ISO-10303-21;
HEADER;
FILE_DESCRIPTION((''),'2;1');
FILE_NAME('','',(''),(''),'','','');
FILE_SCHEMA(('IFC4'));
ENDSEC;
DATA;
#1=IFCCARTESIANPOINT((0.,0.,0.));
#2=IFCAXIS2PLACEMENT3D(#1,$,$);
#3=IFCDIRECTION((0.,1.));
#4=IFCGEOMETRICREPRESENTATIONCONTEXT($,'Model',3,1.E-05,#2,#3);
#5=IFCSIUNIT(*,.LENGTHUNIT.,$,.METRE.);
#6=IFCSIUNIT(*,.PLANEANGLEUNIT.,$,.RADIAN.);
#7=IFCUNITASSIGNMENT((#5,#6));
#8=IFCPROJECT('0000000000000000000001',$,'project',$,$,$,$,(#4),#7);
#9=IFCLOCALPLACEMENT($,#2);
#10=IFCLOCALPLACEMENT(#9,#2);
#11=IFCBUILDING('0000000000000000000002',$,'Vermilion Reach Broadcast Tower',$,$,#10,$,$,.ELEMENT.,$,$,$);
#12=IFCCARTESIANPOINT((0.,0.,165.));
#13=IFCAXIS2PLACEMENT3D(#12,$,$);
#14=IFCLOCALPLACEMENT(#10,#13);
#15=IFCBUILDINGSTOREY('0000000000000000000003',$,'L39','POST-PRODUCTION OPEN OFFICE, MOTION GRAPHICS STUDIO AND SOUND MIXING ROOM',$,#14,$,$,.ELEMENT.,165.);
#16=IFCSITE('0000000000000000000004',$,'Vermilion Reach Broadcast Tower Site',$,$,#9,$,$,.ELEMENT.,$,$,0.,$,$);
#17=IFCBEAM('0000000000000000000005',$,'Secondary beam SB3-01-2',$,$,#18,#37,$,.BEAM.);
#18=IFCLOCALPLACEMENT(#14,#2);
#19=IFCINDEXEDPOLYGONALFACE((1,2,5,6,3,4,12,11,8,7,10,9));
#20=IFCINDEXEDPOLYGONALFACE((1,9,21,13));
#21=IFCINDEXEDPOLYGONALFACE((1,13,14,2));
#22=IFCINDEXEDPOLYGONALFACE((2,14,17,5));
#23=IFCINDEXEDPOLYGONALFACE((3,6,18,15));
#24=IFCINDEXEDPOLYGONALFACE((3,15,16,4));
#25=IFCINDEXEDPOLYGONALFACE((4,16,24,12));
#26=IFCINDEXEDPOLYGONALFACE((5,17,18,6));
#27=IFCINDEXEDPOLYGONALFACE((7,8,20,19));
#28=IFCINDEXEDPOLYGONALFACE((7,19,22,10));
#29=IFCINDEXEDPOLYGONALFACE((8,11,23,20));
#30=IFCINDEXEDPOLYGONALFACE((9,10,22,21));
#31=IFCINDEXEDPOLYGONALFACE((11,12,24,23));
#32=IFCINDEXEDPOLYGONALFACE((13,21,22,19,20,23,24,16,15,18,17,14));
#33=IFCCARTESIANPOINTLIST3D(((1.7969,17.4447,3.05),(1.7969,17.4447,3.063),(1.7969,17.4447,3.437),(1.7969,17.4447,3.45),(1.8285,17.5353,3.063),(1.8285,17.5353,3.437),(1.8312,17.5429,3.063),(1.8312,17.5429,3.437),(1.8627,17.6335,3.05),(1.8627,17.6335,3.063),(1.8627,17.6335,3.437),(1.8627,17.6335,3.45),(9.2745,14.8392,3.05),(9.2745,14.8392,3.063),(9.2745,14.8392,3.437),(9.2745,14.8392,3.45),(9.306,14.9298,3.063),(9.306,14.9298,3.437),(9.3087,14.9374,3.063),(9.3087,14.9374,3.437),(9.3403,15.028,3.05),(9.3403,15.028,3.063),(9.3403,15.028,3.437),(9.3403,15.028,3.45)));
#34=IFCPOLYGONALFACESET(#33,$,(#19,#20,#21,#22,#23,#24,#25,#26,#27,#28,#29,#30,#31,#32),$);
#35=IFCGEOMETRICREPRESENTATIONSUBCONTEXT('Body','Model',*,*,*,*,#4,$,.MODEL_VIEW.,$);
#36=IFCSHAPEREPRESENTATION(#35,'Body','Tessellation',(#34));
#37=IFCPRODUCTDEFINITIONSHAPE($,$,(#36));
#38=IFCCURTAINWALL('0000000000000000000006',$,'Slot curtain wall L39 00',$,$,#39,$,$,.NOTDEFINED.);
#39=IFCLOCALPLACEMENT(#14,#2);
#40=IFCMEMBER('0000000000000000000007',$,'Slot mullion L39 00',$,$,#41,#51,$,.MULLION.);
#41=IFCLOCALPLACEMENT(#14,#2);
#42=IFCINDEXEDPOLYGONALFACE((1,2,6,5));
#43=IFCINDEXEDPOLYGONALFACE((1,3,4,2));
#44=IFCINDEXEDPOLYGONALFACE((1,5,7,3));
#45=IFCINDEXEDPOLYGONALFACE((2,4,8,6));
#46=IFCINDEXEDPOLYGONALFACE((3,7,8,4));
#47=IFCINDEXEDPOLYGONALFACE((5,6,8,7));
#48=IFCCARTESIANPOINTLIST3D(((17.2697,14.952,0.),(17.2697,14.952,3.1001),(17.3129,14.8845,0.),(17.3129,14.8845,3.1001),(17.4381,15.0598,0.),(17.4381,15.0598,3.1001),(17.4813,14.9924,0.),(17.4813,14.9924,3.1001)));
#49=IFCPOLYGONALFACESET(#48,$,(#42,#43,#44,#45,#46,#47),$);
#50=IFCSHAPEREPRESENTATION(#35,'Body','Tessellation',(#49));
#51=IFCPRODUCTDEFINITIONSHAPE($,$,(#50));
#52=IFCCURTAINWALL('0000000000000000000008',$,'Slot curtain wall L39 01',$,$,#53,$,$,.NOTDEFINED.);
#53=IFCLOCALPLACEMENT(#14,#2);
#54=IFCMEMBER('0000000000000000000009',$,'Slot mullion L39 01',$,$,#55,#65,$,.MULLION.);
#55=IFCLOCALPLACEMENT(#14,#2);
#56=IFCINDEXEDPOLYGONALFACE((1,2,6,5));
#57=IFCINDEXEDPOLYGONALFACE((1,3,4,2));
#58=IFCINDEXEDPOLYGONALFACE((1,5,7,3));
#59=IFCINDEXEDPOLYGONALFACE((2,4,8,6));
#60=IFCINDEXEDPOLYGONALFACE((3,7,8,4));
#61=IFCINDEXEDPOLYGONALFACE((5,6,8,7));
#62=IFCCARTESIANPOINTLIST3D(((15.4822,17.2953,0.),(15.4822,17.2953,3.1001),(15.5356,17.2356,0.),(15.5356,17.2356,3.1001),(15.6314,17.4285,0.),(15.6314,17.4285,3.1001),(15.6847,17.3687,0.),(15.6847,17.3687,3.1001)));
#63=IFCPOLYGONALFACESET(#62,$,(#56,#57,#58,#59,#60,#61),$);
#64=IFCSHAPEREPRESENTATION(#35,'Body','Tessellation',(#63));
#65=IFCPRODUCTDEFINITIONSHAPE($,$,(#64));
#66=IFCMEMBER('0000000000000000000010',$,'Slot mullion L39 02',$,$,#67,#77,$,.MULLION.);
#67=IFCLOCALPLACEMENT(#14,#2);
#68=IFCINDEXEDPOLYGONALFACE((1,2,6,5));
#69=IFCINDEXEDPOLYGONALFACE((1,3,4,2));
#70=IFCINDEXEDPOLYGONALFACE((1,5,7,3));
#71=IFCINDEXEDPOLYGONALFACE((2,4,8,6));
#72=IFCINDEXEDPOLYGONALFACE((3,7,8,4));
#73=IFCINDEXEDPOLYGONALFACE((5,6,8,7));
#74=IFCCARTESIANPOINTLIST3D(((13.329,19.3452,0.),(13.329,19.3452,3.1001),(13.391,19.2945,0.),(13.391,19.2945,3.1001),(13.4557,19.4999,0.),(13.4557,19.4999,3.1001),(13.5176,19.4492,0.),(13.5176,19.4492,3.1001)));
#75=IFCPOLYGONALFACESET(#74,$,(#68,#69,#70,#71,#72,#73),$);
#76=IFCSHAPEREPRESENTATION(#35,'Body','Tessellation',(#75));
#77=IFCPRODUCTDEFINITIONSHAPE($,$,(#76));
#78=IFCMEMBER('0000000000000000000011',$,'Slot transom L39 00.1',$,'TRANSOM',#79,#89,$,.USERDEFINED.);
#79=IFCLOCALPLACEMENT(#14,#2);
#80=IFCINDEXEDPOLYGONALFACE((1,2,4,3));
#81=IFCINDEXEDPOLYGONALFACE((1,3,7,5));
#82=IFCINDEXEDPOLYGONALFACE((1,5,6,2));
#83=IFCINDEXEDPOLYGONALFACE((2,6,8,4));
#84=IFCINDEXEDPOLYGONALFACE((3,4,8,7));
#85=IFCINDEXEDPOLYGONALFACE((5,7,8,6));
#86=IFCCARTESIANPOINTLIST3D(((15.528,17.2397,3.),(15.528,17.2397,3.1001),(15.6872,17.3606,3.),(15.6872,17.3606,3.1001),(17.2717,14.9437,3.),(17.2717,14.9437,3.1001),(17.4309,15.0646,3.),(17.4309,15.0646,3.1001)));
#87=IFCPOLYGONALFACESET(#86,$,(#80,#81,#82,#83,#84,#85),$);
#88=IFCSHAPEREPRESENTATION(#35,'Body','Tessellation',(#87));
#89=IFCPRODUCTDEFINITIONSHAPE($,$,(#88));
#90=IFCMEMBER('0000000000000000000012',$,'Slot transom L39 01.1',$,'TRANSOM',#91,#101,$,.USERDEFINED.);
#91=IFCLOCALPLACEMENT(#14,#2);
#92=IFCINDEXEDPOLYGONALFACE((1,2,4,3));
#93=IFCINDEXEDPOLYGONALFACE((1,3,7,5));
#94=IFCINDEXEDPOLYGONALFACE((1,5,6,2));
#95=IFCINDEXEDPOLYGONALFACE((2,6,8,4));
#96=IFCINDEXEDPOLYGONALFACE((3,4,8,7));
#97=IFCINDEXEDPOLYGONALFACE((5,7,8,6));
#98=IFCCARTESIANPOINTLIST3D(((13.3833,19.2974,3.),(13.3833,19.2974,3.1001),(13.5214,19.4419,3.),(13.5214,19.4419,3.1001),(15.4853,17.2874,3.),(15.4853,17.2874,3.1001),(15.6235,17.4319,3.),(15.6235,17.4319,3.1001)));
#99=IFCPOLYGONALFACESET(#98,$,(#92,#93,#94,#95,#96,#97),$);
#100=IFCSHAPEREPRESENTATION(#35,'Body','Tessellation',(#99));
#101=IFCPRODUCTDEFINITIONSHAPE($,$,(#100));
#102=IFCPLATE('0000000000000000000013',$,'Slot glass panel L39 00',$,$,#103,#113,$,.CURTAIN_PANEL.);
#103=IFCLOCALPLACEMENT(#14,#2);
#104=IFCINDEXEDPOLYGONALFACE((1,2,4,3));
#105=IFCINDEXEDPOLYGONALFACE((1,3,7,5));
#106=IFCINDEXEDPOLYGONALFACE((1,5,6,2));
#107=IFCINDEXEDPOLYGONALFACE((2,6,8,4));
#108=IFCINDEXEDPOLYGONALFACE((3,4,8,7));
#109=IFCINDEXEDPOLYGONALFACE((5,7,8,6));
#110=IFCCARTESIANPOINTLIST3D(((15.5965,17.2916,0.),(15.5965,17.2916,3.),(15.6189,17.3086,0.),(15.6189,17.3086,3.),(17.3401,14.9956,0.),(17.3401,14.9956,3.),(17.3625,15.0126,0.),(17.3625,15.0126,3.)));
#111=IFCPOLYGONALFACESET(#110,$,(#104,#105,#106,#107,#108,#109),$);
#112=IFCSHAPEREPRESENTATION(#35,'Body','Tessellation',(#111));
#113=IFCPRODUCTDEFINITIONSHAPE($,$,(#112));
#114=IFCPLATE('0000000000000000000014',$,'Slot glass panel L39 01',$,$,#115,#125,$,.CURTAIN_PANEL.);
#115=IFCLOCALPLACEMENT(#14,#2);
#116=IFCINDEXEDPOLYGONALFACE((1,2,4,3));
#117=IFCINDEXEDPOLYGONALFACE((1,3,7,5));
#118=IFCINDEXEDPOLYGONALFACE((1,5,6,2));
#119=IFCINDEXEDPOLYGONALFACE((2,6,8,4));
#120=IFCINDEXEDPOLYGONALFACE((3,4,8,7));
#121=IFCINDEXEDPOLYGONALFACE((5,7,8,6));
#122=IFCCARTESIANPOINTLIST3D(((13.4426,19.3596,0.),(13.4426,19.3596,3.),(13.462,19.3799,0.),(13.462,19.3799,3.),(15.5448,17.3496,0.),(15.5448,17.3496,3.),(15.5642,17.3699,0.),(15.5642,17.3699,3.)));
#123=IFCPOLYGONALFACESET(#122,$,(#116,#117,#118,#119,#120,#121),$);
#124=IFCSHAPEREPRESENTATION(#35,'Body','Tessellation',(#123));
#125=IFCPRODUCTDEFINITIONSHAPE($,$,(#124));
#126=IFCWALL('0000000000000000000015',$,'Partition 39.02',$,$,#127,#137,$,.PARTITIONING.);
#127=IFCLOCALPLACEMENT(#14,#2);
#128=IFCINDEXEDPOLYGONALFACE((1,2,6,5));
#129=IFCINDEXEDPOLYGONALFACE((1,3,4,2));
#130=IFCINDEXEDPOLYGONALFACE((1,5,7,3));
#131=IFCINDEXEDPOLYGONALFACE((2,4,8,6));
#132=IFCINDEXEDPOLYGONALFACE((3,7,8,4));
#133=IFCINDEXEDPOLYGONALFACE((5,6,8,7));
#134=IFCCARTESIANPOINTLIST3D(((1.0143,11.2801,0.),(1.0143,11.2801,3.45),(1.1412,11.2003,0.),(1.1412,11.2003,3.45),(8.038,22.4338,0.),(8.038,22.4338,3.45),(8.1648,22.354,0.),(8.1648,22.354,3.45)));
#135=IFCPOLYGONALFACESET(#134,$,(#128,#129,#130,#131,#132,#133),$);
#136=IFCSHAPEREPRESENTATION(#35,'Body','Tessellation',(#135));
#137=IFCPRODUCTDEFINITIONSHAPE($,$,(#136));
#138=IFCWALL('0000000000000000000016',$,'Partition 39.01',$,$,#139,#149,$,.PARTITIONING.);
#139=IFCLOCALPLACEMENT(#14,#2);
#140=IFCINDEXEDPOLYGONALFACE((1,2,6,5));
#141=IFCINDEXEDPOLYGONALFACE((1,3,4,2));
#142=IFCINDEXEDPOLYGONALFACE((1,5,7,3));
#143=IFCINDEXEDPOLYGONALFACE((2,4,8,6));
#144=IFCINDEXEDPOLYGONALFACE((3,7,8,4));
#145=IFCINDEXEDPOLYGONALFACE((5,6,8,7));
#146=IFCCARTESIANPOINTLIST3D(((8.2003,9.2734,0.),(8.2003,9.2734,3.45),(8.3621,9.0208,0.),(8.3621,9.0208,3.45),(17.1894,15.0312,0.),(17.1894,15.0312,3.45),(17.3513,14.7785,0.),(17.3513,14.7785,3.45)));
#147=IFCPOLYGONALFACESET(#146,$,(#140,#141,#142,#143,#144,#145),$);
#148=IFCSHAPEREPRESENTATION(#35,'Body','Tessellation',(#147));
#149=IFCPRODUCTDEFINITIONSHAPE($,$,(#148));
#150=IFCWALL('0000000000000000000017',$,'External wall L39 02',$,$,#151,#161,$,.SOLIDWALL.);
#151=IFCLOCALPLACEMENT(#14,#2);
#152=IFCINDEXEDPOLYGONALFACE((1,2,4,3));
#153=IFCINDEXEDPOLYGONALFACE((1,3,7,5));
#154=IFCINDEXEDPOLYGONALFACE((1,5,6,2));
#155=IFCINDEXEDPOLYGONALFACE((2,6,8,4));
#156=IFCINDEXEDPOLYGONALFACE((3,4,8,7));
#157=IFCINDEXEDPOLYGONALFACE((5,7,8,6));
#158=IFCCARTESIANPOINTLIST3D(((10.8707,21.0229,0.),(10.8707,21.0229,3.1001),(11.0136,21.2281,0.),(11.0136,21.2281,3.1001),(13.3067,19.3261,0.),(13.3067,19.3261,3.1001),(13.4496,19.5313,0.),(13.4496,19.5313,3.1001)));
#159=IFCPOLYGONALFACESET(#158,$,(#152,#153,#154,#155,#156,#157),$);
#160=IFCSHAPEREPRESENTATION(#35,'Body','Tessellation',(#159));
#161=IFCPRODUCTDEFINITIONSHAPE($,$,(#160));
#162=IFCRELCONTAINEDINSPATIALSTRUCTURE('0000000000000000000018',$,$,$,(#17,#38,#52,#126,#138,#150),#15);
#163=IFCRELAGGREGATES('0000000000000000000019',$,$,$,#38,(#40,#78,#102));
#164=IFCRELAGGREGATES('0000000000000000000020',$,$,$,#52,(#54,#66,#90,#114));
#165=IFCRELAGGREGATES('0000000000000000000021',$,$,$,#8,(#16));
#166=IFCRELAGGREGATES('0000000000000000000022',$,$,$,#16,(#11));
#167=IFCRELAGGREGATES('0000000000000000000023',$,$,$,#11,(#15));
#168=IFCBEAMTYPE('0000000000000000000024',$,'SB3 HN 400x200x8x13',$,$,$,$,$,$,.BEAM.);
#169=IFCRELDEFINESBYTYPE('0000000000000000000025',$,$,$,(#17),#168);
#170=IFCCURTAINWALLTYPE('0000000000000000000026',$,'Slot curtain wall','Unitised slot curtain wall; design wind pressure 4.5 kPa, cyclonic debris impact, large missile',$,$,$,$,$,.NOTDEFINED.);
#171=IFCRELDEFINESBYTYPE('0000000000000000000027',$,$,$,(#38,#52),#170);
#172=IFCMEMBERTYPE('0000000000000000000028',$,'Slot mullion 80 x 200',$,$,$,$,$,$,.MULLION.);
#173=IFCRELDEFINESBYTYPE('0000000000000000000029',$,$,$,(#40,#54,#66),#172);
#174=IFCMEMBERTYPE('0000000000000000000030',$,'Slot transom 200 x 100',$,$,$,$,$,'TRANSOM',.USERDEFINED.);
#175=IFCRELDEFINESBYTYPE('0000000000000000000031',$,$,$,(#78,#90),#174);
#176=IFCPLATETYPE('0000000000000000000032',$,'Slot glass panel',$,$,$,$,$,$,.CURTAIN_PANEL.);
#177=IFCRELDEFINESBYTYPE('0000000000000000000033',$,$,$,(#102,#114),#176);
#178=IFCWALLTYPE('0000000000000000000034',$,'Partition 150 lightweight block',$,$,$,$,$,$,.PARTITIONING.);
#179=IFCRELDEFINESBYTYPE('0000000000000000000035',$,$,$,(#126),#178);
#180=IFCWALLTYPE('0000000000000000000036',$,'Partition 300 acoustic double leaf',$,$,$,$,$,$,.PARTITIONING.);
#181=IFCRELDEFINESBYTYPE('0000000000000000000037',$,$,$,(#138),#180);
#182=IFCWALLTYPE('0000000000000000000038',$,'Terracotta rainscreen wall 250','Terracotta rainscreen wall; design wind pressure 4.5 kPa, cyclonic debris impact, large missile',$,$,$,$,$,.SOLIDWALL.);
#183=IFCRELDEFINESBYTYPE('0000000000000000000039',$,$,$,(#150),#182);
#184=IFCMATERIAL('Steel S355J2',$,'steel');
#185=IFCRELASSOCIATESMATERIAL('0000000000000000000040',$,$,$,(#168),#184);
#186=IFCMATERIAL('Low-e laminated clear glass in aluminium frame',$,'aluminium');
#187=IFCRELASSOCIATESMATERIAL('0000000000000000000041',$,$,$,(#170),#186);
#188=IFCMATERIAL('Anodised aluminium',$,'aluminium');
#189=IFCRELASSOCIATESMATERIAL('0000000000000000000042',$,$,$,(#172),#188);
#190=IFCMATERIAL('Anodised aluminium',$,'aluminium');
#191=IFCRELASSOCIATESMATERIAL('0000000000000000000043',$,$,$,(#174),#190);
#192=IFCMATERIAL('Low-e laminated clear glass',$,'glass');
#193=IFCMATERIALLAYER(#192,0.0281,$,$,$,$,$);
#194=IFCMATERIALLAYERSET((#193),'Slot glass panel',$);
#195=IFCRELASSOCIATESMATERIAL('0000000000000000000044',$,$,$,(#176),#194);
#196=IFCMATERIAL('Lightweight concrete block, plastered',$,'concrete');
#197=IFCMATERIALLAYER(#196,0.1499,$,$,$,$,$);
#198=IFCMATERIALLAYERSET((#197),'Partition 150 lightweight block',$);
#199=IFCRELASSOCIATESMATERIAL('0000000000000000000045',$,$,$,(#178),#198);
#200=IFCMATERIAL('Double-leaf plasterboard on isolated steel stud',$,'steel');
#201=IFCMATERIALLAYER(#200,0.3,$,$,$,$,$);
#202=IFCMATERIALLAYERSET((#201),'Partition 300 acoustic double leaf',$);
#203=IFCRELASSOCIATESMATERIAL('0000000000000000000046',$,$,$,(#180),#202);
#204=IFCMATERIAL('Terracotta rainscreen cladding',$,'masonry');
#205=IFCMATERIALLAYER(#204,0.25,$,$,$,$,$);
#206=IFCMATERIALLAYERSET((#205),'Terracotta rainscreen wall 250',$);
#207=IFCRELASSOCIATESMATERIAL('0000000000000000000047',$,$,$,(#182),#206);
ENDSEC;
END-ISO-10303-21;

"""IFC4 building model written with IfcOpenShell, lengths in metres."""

from ifc_helpers import new_model, si_unit, direction, frame, frame_2d, origin, origin_2d, place, context, subcontext, project, spatial, rectangle, i_section, extrude, material, layer, layer_set, material_profile, profile_set, type_object, element, aggregate, save


model = new_model("IFC4")

# Units and contexts
model_context = context("Model", 3, precision=1e-05, world=origin(), true_north=direction((0.0, 1.0)))
body_context = subcontext(model_context, "Body", "Model", "MODEL_VIEW")
ifc_project = project(units=[si_unit("LENGTHUNIT", "METRE"), si_unit("PLANEANGLEUNIT", "RADIAN")], contexts=[model_context])

# Site, building, storey
site_placement = place(None, origin())
site = spatial("IfcSite", under=ifc_project, at=site_placement, Name="Vermilion Reach Broadcast Tower Site", CompositionType="ELEMENT", RefElevation=0.0)
building_placement = place(site_placement, origin())
building = spatial("IfcBuilding", under=site, at=building_placement, Name="Vermilion Reach Broadcast Tower", CompositionType="ELEMENT")
storey_placement = place(building_placement, frame((0.0, 0.0, 165.0)))
storey = spatial("IfcBuildingStorey", under=building, at=storey_placement, Name="L39", Description="POST-PRODUCTION OPEN OFFICE, MOTION GRAPHICS STUDIO AND SOUND MIXING ROOM", CompositionType="ELEMENT", Elevation=165.0)

# Beam
ifc_material_1 = material(Name="Steel S355J2", Category="steel")
ifc_material_profile_1 = material_profile(ifc_material_1, i_section(OverallWidth=0.2, OverallDepth=0.3999, WebThickness=0.0081, FlangeThickness=0.0129, at=origin_2d()), Name="S355J2 HN 400x200x8x13")
ifc_profile_set_1 = profile_set([ifc_material_profile_1], Name="Steel S355J2")
beam_type_1 = type_object("IfcBeamType", Name="SB3 HN 400x200x8x13", PredefinedType="BEAM", material=ifc_profile_set_1)
beam_1_placement = place(storey_placement, frame((9.3074, 14.9336, 3.25), z_axis=(-0.944317, 0.329037, 0.0), x_axis=(-0.329037, -0.944317, 0.0)))
element("IfcBeam", 1, at=beam_1_placement, inside=storey, type_object=beam_type_1, Name="Secondary beam SB3-01-2", PredefinedType="BEAM", context=body_context, shape_type="SweptSolid", body=[
    extrude(i_section(OverallWidth=0.2, OverallDepth=0.3999, WebThickness=0.0081, FlangeThickness=0.0129, at=origin_2d()), origin(), (0.0, 0.0, 1.0), 7.9185),
])

# Curtain wall, member
ifc_material_2 = material(Name="Low-e laminated clear glass in aluminium frame", Category="aluminium")
curtain_wall_type = type_object("IfcCurtainWallType", Name="Slot curtain wall", Description="Unitised slot curtain wall; design wind pressure 4.5 kPa, cyclonic debris impact, large missile", PredefinedType="NOTDEFINED", material=ifc_material_2)
placement = place(storey_placement, origin())
curtain_wall_1 = element("IfcCurtainWall", 2, at=placement, inside=storey, type_object=curtain_wall_type, Name="Slot curtain wall L39 00", PredefinedType="NOTDEFINED")
ifc_material_3 = material(Name="Anodised aluminium", Category="aluminium")
ifc_material_profile_2 = material_profile(ifc_material_3, rectangle(XDim=0.2, YDim=0.0801, at=origin_2d()), Name="Slot mullion 80 x 200")
ifc_profile_set_2 = profile_set([ifc_material_profile_2], Name="Anodised aluminium")
member_type_1 = type_object("IfcMemberType", Name="Slot mullion 80 x 200", PredefinedType="MULLION", material=ifc_profile_set_2)
member_1_placement = place(storey_placement, frame((17.3755, 14.9722, 0.0), z_axis=(0.0, 0.0, 1.0), x_axis=(-0.842076, -0.539359, 0.0)))
member_1 = element("IfcMember", 3, at=member_1_placement, type_object=member_type_1, Name="Slot mullion L39 00", PredefinedType="MULLION", context=body_context, shape_type="SweptSolid", body=[
    extrude(rectangle(XDim=0.2, YDim=0.0801, at=origin_2d()), origin(), (0.0, 0.0, 1.0), 3.1001),
])

# Curtain wall, members
curtain_wall_2 = element("IfcCurtainWall", 4, at=placement, inside=storey, type_object=curtain_wall_type, Name="Slot curtain wall L39 01", PredefinedType="NOTDEFINED")
member_2_placement = place(storey_placement, frame((15.5835, 17.332, 0.0), z_axis=(0.0, 0.0, 1.0), x_axis=(-0.74607, -0.665867, 0.0)))
member_2 = element("IfcMember", 5, at=member_2_placement, type_object=member_type_1, Name="Slot mullion L39 01", PredefinedType="MULLION", context=body_context, shape_type="SweptSolid", body=[
    extrude(rectangle(XDim=0.2, YDim=0.0801, at=origin_2d()), origin(), (0.0, 0.0, 1.0), 3.1001),
])
member_3_placement = place(storey_placement, frame((13.4233, 19.3972, 0.0), z_axis=(0.0, 0.0, 1.0), x_axis=(-0.633199, -0.773989, 0.0)))
member_3 = element("IfcMember", 6, at=member_3_placement, type_object=member_type_1, Name="Slot mullion L39 02", PredefinedType="MULLION", context=body_context, shape_type="SweptSolid", body=[
    extrude(rectangle(XDim=0.2, YDim=0.0801, at=origin_2d()), origin(), (0.0, 0.0, 1.0), 3.1001),
])

# Members
ifc_material_4 = material(Name="Anodised aluminium", Category="aluminium")
ifc_material_profile_3 = material_profile(ifc_material_4, rectangle(XDim=0.2, YDim=0.1001, at=origin_2d()), Name="Slot transom 200 x 100")
ifc_profile_set_3 = profile_set([ifc_material_profile_3], Name="Anodised aluminium")
member_type_2 = type_object("IfcMemberType", Name="Slot transom 200 x 100", ElementType="TRANSOM", PredefinedType="USERDEFINED", material=ifc_profile_set_3)
member_4_placement = place(storey_placement, frame((17.3513, 15.0042, 3.05), z_axis=(-0.604813, 0.796368, 0.0), x_axis=(-0.796368, -0.604813, 0.0)))
member_4 = element("IfcMember", 7, at=member_4_placement, type_object=member_type_2, Name="Slot transom L39 00.1", ObjectType="TRANSOM", PredefinedType="USERDEFINED", context=body_context, shape_type="SweptSolid", body=[
    extrude(rectangle(XDim=0.2, YDim=0.1001, at=origin_2d()), origin(), (0.0, 0.0, 1.0), 2.8831),
])
member_5_placement = place(storey_placement, frame((15.5544, 17.3596, 3.05), z_axis=(-0.722753, 0.691106, 0.0), x_axis=(-0.691106, -0.722753, 0.0)))
member_5 = element("IfcMember", 8, at=member_5_placement, type_object=member_type_2, Name="Slot transom L39 01.1", ObjectType="TRANSOM", PredefinedType="USERDEFINED", context=body_context, shape_type="SweptSolid", body=[
    extrude(rectangle(XDim=0.2, YDim=0.1001, at=origin_2d()), origin(), (0.0, 0.0, 1.0), 2.9084),
])

# Plates
ifc_material_5 = material(Name="Low-e laminated clear glass", Category="glass")
ifc_layer_1 = layer(ifc_material_5, 0.0281)
ifc_layer_set_1 = layer_set([ifc_layer_1], Name="Slot glass panel")
plate_type = type_object("IfcPlateType", Name="Slot glass panel", PredefinedType="CURTAIN_PANEL", material=ifc_layer_set_1)
plate_1_placement = place(storey_placement, frame((16.4795, 16.1521, 0.0), z_axis=(0.0, 0.0, 1.0), x_axis=(-0.604783, 0.79639, 0.0)))
plate_1 = element("IfcPlate", 9, at=plate_1_placement, type_object=plate_type, Name="Slot glass panel L39 00", PredefinedType="CURTAIN_PANEL", context=body_context, shape_type="SweptSolid", body=[
    extrude(rectangle(XDim=2.8831, YDim=0.0281, at=origin_2d()), origin(), (0.0, 0.0, 1.0), 3.0),
])
aggregate(curtain_wall_1, [member_1, member_4, plate_1])
plate_2_placement = place(storey_placement, frame((14.5034, 18.3647, 0.0), z_axis=(0.0, 0.0, 1.0), x_axis=(-0.72278, 0.691078, 0.0)))
plate_2 = element("IfcPlate", 10, at=plate_2_placement, type_object=plate_type, Name="Slot glass panel L39 01", PredefinedType="CURTAIN_PANEL", context=body_context, shape_type="SweptSolid", body=[
    extrude(rectangle(XDim=2.9084, YDim=0.0281, at=origin_2d()), origin(), (0.0, 0.0, 1.0), 3.0),
])
aggregate(curtain_wall_2, [member_2, member_3, member_5, plate_2])

# Walls
ifc_material_6 = material(Name="Lightweight concrete block, plastered", Category="concrete")
ifc_layer_2 = layer(ifc_material_6, 0.1499)
ifc_layer_set_2 = layer_set([ifc_layer_2], Name="Partition 150 lightweight block")
wall_type_1 = type_object("IfcWallType", Name="Partition 150 lightweight block", PredefinedType="PARTITIONING", material=ifc_layer_set_2)
wall_1_placement = place(storey_placement, frame((8.1013, 22.3938, 0.0), z_axis=(0.0, 0.0, 1.0), x_axis=(-0.532863, -0.846202, 0.0)))
element("IfcWall", 11, at=wall_1_placement, inside=storey, type_object=wall_type_1, Name="Partition 39.02", PredefinedType="PARTITIONING", context=body_context, shape_type="SweptSolid", body=[
    extrude(rectangle(XDim=13.1809, YDim=0.1499, at=frame_2d((6.5903, 0.0))), origin(), (0.0, 0.0, 1.0), 3.45),
])
ifc_material_7 = material(Name="Double-leaf plasterboard on isolated steel stud", Category="steel")
ifc_layer_3 = layer(ifc_material_7, 0.3)
ifc_layer_set_3 = layer_set([ifc_layer_3], Name="Partition 300 acoustic double leaf")
wall_type_2 = type_object("IfcWallType", Name="Partition 300 acoustic double leaf", PredefinedType="PARTITIONING", material=ifc_layer_set_3)
wall_2_placement = place(storey_placement, frame((17.2703, 14.9048, 0.0), z_axis=(0.0, 0.0, 1.0), x_axis=(-0.842072, -0.539365, 0.0)))
element("IfcWall", 12, at=wall_2_placement, inside=storey, type_object=wall_type_2, Name="Partition 39.01", PredefinedType="PARTITIONING", context=body_context, shape_type="SweptSolid", body=[
    extrude(rectangle(XDim=10.675, YDim=0.3, at=frame_2d((5.3374, 0.0))), origin(), (0.0, 0.0, 1.0), 3.45),
])
ifc_material_8 = material(Name="Terracotta rainscreen cladding", Category="masonry")
ifc_layer_4 = layer(ifc_material_8, 0.25)
ifc_layer_set_4 = layer_set([ifc_layer_4], Name="Terracotta rainscreen wall 250")
wall_type_3 = type_object("IfcWallType", Name="Terracotta rainscreen wall 250", Description="Terracotta rainscreen wall; design wind pressure 4.5 kPa, cyclonic debris impact, large missile", PredefinedType="SOLIDWALL", material=ifc_layer_set_4)
wall_3_placement = place(storey_placement, frame((13.3782, 19.4287, 0.0), z_axis=(0.0, 0.0, 1.0), x_axis=(-0.820566, 0.571551, 0.0)))
element("IfcWall", 13, at=wall_3_placement, inside=storey, type_object=wall_type_3, Name="External wall L39 02", PredefinedType="SOLIDWALL", context=body_context, shape_type="SweptSolid", body=[
    extrude(rectangle(XDim=2.9688, YDim=0.25, at=frame_2d((1.4844, 0.0))), origin(), (0.0, 0.0, 1.0), 3.1001),
])

save(model, "model.ifc")
